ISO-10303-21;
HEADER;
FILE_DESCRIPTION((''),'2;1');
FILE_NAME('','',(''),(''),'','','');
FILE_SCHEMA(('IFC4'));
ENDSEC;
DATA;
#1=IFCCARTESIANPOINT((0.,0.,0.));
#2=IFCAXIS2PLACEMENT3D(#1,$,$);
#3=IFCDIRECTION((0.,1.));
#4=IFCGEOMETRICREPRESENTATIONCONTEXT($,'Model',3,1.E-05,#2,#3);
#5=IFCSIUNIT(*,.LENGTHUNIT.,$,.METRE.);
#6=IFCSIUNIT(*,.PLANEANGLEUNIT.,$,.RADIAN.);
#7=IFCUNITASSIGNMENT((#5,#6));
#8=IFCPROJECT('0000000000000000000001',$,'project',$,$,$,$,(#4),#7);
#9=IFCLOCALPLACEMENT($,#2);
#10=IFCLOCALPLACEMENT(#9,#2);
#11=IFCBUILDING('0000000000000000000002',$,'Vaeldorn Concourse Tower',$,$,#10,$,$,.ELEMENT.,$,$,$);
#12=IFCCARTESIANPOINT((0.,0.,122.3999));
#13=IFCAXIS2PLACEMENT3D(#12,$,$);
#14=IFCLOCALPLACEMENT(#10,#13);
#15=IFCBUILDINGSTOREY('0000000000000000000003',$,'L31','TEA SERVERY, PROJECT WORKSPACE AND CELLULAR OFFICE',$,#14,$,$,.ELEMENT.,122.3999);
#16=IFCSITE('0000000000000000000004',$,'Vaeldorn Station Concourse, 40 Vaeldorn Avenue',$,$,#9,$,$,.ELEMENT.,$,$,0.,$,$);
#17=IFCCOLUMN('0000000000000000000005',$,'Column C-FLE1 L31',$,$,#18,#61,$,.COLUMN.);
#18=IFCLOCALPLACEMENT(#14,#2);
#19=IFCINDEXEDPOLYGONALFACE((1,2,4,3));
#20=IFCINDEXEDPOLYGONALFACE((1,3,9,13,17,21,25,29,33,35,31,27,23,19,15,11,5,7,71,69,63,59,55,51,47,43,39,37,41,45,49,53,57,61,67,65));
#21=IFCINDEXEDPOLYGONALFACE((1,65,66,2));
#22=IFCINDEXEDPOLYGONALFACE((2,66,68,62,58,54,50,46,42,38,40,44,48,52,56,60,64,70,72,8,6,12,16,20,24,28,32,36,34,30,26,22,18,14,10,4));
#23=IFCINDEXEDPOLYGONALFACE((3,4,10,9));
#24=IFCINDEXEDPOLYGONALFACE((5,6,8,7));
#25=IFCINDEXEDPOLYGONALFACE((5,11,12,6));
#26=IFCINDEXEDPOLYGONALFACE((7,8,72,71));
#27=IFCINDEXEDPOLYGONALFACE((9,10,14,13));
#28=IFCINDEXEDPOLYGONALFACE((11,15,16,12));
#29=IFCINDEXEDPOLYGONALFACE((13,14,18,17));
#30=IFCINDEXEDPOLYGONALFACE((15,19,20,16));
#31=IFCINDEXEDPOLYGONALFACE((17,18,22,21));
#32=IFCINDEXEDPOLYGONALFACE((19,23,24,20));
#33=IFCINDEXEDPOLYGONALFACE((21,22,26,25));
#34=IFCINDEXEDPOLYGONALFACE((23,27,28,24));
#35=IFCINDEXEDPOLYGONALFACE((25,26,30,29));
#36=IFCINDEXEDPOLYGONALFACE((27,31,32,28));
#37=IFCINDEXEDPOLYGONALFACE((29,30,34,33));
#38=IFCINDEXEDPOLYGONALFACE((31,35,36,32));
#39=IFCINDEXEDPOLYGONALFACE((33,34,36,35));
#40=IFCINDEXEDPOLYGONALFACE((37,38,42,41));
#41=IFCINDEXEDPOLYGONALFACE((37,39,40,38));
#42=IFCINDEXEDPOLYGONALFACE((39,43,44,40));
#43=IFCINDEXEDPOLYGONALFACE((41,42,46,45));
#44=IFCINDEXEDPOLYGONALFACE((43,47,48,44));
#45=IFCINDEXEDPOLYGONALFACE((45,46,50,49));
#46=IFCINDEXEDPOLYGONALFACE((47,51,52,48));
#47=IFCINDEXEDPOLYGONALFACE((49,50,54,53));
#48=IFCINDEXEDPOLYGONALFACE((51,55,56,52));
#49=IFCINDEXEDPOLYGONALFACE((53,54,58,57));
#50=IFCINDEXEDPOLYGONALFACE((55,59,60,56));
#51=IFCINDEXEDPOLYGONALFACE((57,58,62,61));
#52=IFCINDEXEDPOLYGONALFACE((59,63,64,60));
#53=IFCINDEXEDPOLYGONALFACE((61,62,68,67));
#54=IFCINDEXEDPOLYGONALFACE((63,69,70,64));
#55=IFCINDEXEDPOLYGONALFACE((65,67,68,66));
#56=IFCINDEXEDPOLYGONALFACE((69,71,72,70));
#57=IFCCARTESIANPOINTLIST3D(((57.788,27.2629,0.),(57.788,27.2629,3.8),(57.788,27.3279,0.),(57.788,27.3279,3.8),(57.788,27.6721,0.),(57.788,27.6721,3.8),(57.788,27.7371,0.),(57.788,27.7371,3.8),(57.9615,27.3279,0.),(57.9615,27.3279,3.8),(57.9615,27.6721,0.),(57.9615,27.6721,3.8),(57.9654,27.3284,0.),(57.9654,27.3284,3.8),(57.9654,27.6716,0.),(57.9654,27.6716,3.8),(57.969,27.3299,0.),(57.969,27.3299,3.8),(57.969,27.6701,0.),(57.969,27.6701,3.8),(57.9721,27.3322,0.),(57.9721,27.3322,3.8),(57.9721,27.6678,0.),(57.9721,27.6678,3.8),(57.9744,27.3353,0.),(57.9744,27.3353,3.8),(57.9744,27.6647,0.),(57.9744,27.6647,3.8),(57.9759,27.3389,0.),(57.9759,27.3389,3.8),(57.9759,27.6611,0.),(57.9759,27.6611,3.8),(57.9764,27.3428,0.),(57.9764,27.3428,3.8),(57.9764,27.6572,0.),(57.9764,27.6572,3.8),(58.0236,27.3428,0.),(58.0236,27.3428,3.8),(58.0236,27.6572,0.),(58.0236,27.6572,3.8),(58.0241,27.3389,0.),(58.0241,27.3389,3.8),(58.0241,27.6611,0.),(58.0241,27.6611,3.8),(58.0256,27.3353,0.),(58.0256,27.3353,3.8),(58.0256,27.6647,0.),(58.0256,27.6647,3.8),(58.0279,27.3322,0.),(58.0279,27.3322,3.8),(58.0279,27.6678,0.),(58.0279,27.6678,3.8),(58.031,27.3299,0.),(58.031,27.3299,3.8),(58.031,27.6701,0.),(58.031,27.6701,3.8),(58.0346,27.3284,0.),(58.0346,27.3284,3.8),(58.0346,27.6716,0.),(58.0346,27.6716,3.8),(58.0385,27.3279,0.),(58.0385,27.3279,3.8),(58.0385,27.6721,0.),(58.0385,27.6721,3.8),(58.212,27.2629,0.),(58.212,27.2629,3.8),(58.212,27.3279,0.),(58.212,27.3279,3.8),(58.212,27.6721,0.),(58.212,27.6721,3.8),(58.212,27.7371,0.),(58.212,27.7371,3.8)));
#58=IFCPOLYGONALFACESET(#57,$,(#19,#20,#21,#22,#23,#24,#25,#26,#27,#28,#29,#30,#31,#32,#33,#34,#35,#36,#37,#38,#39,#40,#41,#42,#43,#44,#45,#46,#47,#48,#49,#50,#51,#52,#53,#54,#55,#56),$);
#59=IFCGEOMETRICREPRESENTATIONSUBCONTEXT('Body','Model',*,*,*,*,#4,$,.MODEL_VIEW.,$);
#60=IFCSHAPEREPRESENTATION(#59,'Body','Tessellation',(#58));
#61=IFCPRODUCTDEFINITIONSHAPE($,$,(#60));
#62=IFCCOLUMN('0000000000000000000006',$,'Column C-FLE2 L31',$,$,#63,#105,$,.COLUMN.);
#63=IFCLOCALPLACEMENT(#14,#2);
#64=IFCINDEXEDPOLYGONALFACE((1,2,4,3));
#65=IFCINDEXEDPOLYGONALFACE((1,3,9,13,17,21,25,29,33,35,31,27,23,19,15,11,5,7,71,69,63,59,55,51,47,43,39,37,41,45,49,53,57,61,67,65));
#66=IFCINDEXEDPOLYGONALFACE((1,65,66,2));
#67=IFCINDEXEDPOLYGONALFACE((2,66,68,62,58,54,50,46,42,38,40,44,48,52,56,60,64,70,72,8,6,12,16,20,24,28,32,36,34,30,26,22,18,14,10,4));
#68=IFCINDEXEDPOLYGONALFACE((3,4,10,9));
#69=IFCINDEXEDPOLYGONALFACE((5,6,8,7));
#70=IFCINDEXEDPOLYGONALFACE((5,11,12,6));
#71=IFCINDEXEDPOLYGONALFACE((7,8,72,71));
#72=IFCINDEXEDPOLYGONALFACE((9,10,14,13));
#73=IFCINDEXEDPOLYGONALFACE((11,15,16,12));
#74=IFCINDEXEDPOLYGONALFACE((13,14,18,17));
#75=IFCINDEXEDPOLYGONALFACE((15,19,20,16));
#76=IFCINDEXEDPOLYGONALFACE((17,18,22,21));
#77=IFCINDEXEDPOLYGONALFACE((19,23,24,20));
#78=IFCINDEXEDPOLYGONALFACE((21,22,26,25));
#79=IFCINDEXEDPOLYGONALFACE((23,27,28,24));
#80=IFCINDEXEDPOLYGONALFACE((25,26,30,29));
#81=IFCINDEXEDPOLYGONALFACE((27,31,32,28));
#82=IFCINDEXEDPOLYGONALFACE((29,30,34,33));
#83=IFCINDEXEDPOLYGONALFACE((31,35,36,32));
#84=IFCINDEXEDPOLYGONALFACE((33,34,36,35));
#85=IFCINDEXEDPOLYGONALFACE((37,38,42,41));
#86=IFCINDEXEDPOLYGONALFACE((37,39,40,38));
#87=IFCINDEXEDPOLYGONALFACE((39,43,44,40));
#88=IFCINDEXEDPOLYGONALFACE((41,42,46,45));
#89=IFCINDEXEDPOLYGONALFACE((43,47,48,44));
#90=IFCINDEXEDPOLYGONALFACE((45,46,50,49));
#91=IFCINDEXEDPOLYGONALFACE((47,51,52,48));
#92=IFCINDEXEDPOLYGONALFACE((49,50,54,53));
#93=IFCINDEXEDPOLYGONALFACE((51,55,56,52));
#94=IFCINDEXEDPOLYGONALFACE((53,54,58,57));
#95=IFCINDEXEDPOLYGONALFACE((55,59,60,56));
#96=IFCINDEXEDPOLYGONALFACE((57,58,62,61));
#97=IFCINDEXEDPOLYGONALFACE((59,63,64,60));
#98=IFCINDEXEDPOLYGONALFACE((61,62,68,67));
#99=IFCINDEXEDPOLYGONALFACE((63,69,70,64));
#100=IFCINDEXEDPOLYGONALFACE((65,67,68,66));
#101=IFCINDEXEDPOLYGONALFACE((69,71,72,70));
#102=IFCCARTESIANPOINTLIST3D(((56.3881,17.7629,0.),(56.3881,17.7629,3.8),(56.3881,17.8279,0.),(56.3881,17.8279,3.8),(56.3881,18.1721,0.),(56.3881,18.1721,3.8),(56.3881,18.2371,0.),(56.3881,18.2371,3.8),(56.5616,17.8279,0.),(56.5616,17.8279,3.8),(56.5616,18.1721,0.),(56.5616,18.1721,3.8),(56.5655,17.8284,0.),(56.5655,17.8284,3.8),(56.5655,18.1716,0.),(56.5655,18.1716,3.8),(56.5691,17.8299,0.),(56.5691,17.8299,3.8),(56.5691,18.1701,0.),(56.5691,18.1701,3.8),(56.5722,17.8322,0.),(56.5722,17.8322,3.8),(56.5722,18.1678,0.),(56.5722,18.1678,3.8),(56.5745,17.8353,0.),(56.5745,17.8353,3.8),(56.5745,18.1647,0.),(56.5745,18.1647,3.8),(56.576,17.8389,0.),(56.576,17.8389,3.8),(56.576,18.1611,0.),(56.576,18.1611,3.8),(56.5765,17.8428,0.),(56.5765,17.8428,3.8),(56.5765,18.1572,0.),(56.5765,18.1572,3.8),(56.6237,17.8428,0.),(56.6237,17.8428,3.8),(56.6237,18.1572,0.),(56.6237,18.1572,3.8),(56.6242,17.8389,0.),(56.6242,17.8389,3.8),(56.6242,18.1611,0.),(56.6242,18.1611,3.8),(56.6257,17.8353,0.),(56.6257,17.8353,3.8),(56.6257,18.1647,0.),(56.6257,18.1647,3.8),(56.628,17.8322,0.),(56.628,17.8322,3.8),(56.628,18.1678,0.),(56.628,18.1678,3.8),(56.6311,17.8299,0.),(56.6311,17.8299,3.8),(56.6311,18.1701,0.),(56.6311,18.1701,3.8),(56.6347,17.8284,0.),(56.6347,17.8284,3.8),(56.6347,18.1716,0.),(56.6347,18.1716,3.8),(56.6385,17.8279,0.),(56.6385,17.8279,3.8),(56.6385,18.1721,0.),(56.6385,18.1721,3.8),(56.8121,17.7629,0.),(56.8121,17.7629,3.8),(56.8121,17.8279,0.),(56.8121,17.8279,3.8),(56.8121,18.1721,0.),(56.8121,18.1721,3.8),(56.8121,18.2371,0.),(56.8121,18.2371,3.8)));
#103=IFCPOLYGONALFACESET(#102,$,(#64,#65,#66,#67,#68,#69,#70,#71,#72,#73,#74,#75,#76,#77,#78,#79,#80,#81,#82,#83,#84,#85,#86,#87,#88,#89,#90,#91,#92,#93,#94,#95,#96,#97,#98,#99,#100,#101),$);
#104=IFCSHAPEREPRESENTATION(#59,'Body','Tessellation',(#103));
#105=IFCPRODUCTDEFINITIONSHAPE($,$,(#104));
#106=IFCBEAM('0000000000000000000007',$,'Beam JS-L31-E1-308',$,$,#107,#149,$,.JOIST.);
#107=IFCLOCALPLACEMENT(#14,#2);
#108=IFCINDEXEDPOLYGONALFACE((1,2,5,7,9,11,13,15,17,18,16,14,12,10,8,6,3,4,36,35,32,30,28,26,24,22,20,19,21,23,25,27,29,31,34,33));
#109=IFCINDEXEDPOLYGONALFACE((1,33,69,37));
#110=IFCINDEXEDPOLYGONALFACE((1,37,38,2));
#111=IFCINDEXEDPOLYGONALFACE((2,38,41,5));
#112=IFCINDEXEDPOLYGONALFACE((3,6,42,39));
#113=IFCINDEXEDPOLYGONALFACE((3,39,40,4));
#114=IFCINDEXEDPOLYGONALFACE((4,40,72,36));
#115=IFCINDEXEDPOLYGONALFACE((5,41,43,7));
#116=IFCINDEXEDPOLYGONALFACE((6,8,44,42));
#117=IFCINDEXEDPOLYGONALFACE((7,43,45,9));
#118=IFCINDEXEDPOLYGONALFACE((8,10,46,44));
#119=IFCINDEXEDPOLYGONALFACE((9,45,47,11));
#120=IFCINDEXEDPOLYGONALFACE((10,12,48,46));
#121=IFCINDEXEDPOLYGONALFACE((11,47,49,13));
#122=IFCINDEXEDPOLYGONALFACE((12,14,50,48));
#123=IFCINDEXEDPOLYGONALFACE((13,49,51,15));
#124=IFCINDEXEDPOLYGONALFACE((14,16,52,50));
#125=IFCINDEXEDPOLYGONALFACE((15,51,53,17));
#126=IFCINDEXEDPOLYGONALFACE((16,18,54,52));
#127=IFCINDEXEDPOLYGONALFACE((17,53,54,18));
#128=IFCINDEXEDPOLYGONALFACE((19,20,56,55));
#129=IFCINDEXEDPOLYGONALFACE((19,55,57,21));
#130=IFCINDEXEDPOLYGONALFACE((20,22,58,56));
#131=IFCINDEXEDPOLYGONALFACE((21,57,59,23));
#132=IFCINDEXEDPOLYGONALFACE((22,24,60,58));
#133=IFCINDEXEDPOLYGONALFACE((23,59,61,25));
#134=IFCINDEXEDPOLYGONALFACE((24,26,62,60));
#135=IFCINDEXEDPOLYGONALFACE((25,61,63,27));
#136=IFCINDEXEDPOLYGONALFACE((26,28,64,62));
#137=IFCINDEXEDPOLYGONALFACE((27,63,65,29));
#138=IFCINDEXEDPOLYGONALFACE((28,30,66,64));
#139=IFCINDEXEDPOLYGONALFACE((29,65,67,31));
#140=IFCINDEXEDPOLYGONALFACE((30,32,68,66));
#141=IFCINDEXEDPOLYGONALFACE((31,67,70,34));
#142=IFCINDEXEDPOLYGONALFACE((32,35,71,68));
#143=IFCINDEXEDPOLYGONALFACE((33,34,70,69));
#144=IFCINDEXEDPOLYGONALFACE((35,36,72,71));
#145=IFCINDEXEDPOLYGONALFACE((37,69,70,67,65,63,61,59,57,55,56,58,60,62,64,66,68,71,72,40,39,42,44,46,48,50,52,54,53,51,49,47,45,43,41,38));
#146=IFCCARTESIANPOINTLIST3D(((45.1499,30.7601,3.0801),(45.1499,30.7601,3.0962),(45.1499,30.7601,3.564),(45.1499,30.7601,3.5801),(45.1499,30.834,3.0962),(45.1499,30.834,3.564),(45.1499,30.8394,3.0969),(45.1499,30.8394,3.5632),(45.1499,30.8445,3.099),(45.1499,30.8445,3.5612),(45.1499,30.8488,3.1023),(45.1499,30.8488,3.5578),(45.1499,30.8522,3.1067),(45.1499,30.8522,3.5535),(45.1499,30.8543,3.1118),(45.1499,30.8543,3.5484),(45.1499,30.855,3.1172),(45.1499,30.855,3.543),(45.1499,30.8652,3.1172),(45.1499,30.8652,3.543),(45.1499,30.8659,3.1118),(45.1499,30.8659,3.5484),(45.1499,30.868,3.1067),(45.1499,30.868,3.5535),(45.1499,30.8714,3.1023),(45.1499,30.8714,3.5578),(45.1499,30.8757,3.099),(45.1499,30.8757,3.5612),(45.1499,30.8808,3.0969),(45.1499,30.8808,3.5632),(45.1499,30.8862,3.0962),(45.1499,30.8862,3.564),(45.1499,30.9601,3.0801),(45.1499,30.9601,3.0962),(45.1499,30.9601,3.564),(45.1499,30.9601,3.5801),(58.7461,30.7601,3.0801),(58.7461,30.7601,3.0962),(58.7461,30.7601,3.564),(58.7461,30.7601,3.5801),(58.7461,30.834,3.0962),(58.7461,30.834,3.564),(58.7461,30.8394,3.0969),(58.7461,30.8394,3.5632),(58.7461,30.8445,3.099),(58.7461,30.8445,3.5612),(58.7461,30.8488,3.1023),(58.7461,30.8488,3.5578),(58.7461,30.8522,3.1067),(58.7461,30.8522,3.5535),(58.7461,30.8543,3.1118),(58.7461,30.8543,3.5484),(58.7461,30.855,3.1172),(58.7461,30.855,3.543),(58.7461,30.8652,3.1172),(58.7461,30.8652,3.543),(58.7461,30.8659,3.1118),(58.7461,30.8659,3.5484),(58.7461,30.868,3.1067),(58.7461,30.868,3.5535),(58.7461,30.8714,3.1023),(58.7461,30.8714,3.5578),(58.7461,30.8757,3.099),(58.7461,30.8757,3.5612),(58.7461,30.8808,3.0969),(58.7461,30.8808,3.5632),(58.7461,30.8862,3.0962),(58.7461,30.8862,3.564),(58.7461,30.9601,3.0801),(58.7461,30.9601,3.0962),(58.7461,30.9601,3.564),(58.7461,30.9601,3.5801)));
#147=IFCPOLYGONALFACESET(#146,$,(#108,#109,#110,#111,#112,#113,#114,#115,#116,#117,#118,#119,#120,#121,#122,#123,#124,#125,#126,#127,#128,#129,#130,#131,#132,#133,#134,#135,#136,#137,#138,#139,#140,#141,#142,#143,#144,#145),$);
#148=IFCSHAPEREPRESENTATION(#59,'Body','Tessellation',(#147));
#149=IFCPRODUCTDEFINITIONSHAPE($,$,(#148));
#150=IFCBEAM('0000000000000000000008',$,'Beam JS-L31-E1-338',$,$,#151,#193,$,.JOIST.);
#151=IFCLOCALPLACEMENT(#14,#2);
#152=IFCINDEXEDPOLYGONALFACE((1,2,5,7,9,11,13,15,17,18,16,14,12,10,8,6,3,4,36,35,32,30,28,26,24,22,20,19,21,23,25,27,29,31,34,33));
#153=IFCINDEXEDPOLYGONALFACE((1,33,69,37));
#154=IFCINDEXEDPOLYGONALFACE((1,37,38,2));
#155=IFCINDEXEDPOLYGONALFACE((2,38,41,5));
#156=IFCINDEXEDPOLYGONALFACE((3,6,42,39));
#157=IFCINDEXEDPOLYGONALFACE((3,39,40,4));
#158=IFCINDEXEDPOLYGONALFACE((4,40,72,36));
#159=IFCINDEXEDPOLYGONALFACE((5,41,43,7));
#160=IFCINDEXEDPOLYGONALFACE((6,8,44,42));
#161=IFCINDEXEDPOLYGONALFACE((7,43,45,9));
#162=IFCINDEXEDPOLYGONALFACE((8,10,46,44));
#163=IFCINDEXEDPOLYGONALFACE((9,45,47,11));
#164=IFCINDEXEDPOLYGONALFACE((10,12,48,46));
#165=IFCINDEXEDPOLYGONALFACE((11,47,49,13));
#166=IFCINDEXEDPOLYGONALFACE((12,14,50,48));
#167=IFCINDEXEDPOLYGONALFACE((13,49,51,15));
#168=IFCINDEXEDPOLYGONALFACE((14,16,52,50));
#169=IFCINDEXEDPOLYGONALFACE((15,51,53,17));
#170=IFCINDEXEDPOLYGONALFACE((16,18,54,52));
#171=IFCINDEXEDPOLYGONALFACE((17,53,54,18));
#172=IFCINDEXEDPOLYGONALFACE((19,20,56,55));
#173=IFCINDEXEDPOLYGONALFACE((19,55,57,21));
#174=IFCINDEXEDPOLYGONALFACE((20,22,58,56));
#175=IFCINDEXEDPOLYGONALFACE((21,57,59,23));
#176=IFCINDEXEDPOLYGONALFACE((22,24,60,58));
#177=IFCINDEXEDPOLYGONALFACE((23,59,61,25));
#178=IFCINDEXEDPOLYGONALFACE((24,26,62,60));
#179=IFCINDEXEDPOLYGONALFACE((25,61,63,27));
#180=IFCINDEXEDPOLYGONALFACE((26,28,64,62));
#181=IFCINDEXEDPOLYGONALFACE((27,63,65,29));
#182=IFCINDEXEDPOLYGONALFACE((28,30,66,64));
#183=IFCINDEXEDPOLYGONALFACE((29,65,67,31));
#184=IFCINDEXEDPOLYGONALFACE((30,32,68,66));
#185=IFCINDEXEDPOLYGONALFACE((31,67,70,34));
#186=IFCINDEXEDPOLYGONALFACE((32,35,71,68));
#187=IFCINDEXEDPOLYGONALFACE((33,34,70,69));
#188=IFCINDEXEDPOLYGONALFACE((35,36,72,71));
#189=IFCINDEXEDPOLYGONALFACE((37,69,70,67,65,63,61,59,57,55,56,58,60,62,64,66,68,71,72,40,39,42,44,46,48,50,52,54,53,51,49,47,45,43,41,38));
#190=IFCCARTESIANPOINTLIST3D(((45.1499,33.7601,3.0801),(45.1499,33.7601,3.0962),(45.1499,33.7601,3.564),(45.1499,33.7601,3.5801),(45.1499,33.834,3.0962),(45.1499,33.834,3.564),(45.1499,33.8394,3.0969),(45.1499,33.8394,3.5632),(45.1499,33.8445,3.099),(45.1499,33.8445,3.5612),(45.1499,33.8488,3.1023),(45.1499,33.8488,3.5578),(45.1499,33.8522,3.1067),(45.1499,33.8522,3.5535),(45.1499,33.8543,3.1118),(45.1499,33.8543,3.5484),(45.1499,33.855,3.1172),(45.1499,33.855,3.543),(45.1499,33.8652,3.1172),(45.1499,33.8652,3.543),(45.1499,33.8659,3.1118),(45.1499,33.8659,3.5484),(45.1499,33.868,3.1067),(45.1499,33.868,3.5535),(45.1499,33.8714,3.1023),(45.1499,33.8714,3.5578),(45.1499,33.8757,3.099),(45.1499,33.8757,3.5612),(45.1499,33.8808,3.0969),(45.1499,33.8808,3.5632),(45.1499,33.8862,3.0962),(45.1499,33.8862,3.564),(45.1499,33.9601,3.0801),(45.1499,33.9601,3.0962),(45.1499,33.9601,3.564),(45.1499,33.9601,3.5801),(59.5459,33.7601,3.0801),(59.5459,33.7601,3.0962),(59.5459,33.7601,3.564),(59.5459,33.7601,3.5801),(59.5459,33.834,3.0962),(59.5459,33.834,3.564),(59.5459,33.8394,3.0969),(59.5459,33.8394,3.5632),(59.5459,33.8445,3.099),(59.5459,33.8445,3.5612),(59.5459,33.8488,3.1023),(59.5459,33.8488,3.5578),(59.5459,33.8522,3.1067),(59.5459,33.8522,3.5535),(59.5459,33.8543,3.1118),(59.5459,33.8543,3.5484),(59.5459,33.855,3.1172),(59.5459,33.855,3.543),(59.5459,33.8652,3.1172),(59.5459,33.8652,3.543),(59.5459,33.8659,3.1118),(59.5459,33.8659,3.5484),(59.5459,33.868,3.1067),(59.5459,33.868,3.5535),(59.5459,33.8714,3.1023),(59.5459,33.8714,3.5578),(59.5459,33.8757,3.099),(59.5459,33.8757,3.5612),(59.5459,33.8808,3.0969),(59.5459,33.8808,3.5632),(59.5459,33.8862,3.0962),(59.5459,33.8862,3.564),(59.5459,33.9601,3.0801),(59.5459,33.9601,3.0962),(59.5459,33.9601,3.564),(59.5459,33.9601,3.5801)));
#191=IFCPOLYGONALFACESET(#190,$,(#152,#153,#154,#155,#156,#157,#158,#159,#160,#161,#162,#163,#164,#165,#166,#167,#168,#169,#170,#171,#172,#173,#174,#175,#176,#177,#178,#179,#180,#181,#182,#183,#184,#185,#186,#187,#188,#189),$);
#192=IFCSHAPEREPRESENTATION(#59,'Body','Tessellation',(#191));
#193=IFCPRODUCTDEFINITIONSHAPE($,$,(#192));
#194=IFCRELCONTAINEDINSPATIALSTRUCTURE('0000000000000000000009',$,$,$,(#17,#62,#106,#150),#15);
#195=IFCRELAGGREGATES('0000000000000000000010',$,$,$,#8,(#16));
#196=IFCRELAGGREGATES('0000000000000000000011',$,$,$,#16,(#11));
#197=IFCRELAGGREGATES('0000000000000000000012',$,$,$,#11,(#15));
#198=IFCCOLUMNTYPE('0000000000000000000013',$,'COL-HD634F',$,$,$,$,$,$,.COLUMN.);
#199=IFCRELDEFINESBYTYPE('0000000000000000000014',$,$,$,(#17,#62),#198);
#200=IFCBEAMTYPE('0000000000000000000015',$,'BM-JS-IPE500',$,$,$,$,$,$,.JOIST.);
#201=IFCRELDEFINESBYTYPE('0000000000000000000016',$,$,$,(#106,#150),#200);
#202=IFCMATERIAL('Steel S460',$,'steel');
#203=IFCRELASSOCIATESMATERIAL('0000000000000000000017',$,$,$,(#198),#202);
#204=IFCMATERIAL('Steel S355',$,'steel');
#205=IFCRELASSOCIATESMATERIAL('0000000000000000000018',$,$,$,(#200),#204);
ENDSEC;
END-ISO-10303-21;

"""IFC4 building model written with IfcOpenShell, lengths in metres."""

from ifc_helpers import new_model, si_unit, direction, frame, origin, origin_2d, place, context, subcontext, project, spatial, i_section, extrude, source, transform, mapped, material, material_profile, profile_set, type_object, element, save


model = new_model("IFC4")

# Units and contexts
model_context = context("Model", 3, precision=1e-05, world=origin(), true_north=direction((0.0, 1.0)))
body_context = subcontext(model_context, "Body", "Model", "MODEL_VIEW")
ifc_project = project(units=[si_unit("LENGTHUNIT", "METRE"), si_unit("PLANEANGLEUNIT", "RADIAN")], contexts=[model_context])

# Site, building, storey
site_placement = place(None, origin())
site = spatial("IfcSite", under=ifc_project, at=site_placement, Name="Vaeldorn Station Concourse, 40 Vaeldorn Avenue", CompositionType="ELEMENT", RefElevation=0.0)
building_placement = place(site_placement, origin())
building = spatial("IfcBuilding", under=site, at=building_placement, Name="Vaeldorn Concourse Tower", CompositionType="ELEMENT")
storey_placement = place(building_placement, frame((0.0, 0.0, 122.3999)))
storey = spatial("IfcBuildingStorey", under=building, at=storey_placement, Name="L31", Description="TEA SERVERY, PROJECT WORKSPACE AND CELLULAR OFFICE", CompositionType="ELEMENT", Elevation=122.3999)

# Columns
ifc_material_1 = material(Name="Steel S460", Category="steel")
ifc_material_profile_1 = material_profile(ifc_material_1, i_section(OverallWidth=0.4241, OverallDepth=0.4741, WebThickness=0.0471, FlangeThickness=0.0649, FilletRadius=0.0149, at=origin_2d()), Name="HD 400x634")
ifc_profile_set_1 = profile_set([ifc_material_profile_1], Name="Steel S460")
column_type = type_object("IfcColumnType", Name="COL-HD634F", PredefinedType="COLUMN", material=ifc_profile_set_1)
shared_shape_1 = source(origin(), body_context, "Body", "SweptSolid", [
    extrude(i_section(OverallWidth=0.4241, OverallDepth=0.4741, WebThickness=0.0471, FlangeThickness=0.0649, FilletRadius=0.0149, at=origin_2d()), origin(), (0.0, 0.0, 1.0), 3.8),
])
for number, where, z_axis, x_axis, name in (
    (1, (58.0, 27.5, 0.0), (0.0, 0.0, 1.0), (1.0, 0.0, 0.0), "Column C-FLE1 L31"),
    (2, (56.6001, 18.0, 0.0), (0.0, 0.0, 1.0), (1.0, 0.0, 0.0), "Column C-FLE2 L31"),
):
    element("IfcColumn", number, at=place(storey_placement, frame(where, z_axis=z_axis, x_axis=x_axis)), inside=storey, type_object=column_type, Name=name, PredefinedType="COLUMN", context=body_context, shape_type="MappedRepresentation", body=[
        mapped(shared_shape_1, transform((0.0, 0.0, 0.0), scale=1.0)),
    ])

# Beams
ifc_material_2 = material(Name="Steel S355", Category="steel")
ifc_material_profile_2 = material_profile(ifc_material_2, i_section(OverallWidth=0.2, OverallDepth=0.5, WebThickness=0.0103, FlangeThickness=0.0161, FilletRadius=0.021, at=origin_2d()), Name="IPE 500")
ifc_profile_set_2 = profile_set([ifc_material_profile_2], Name="Steel S355")
beam_type_1 = type_object("IfcBeamType", Name="BM-JS-IPE500", PredefinedType="JOIST", material=ifc_profile_set_2)
shared_shape_2 = source(origin(), body_context, "Body", "SweptSolid", [
    extrude(i_section(OverallWidth=0.2, OverallDepth=0.5, WebThickness=0.0103, FlangeThickness=0.0161, FilletRadius=0.021, at=origin_2d()), origin(), (0.0, 0.0, 1.0), 13.5962),
])
beam_1_placement = place(storey_placement, frame((45.1499, 30.8601, 3.3301), z_axis=(1.0, 0.0, 0.0), x_axis=(0.0, 1.0, 0.0)))
element("IfcBeam", 3, at=beam_1_placement, inside=storey, type_object=beam_type_1, Name="Beam JS-L31-E1-308", PredefinedType="JOIST", context=body_context, shape_type="MappedRepresentation", body=[
    mapped(shared_shape_2, transform((0.0, 0.0, 0.0), scale=1.0)),
])
shared_shape_3 = source(origin(), body_context, "Body", "SweptSolid", [
    extrude(i_section(OverallWidth=0.2, OverallDepth=0.5, WebThickness=0.0103, FlangeThickness=0.0161, FilletRadius=0.021, at=origin_2d()), origin(), (0.0, 0.0, 1.0), 14.396),
])
beam_2_placement = place(storey_placement, frame((45.1499, 33.8601, 3.3301), z_axis=(1.0, 0.0, 0.0), x_axis=(0.0, 1.0, 0.0)))
element("IfcBeam", 4, at=beam_2_placement, inside=storey, type_object=beam_type_1, Name="Beam JS-L31-E1-338", PredefinedType="JOIST", context=body_context, shape_type="MappedRepresentation", body=[
    mapped(shared_shape_3, transform((0.0, 0.0, 0.0), scale=1.0)),
])

save(model, "model.ifc")
